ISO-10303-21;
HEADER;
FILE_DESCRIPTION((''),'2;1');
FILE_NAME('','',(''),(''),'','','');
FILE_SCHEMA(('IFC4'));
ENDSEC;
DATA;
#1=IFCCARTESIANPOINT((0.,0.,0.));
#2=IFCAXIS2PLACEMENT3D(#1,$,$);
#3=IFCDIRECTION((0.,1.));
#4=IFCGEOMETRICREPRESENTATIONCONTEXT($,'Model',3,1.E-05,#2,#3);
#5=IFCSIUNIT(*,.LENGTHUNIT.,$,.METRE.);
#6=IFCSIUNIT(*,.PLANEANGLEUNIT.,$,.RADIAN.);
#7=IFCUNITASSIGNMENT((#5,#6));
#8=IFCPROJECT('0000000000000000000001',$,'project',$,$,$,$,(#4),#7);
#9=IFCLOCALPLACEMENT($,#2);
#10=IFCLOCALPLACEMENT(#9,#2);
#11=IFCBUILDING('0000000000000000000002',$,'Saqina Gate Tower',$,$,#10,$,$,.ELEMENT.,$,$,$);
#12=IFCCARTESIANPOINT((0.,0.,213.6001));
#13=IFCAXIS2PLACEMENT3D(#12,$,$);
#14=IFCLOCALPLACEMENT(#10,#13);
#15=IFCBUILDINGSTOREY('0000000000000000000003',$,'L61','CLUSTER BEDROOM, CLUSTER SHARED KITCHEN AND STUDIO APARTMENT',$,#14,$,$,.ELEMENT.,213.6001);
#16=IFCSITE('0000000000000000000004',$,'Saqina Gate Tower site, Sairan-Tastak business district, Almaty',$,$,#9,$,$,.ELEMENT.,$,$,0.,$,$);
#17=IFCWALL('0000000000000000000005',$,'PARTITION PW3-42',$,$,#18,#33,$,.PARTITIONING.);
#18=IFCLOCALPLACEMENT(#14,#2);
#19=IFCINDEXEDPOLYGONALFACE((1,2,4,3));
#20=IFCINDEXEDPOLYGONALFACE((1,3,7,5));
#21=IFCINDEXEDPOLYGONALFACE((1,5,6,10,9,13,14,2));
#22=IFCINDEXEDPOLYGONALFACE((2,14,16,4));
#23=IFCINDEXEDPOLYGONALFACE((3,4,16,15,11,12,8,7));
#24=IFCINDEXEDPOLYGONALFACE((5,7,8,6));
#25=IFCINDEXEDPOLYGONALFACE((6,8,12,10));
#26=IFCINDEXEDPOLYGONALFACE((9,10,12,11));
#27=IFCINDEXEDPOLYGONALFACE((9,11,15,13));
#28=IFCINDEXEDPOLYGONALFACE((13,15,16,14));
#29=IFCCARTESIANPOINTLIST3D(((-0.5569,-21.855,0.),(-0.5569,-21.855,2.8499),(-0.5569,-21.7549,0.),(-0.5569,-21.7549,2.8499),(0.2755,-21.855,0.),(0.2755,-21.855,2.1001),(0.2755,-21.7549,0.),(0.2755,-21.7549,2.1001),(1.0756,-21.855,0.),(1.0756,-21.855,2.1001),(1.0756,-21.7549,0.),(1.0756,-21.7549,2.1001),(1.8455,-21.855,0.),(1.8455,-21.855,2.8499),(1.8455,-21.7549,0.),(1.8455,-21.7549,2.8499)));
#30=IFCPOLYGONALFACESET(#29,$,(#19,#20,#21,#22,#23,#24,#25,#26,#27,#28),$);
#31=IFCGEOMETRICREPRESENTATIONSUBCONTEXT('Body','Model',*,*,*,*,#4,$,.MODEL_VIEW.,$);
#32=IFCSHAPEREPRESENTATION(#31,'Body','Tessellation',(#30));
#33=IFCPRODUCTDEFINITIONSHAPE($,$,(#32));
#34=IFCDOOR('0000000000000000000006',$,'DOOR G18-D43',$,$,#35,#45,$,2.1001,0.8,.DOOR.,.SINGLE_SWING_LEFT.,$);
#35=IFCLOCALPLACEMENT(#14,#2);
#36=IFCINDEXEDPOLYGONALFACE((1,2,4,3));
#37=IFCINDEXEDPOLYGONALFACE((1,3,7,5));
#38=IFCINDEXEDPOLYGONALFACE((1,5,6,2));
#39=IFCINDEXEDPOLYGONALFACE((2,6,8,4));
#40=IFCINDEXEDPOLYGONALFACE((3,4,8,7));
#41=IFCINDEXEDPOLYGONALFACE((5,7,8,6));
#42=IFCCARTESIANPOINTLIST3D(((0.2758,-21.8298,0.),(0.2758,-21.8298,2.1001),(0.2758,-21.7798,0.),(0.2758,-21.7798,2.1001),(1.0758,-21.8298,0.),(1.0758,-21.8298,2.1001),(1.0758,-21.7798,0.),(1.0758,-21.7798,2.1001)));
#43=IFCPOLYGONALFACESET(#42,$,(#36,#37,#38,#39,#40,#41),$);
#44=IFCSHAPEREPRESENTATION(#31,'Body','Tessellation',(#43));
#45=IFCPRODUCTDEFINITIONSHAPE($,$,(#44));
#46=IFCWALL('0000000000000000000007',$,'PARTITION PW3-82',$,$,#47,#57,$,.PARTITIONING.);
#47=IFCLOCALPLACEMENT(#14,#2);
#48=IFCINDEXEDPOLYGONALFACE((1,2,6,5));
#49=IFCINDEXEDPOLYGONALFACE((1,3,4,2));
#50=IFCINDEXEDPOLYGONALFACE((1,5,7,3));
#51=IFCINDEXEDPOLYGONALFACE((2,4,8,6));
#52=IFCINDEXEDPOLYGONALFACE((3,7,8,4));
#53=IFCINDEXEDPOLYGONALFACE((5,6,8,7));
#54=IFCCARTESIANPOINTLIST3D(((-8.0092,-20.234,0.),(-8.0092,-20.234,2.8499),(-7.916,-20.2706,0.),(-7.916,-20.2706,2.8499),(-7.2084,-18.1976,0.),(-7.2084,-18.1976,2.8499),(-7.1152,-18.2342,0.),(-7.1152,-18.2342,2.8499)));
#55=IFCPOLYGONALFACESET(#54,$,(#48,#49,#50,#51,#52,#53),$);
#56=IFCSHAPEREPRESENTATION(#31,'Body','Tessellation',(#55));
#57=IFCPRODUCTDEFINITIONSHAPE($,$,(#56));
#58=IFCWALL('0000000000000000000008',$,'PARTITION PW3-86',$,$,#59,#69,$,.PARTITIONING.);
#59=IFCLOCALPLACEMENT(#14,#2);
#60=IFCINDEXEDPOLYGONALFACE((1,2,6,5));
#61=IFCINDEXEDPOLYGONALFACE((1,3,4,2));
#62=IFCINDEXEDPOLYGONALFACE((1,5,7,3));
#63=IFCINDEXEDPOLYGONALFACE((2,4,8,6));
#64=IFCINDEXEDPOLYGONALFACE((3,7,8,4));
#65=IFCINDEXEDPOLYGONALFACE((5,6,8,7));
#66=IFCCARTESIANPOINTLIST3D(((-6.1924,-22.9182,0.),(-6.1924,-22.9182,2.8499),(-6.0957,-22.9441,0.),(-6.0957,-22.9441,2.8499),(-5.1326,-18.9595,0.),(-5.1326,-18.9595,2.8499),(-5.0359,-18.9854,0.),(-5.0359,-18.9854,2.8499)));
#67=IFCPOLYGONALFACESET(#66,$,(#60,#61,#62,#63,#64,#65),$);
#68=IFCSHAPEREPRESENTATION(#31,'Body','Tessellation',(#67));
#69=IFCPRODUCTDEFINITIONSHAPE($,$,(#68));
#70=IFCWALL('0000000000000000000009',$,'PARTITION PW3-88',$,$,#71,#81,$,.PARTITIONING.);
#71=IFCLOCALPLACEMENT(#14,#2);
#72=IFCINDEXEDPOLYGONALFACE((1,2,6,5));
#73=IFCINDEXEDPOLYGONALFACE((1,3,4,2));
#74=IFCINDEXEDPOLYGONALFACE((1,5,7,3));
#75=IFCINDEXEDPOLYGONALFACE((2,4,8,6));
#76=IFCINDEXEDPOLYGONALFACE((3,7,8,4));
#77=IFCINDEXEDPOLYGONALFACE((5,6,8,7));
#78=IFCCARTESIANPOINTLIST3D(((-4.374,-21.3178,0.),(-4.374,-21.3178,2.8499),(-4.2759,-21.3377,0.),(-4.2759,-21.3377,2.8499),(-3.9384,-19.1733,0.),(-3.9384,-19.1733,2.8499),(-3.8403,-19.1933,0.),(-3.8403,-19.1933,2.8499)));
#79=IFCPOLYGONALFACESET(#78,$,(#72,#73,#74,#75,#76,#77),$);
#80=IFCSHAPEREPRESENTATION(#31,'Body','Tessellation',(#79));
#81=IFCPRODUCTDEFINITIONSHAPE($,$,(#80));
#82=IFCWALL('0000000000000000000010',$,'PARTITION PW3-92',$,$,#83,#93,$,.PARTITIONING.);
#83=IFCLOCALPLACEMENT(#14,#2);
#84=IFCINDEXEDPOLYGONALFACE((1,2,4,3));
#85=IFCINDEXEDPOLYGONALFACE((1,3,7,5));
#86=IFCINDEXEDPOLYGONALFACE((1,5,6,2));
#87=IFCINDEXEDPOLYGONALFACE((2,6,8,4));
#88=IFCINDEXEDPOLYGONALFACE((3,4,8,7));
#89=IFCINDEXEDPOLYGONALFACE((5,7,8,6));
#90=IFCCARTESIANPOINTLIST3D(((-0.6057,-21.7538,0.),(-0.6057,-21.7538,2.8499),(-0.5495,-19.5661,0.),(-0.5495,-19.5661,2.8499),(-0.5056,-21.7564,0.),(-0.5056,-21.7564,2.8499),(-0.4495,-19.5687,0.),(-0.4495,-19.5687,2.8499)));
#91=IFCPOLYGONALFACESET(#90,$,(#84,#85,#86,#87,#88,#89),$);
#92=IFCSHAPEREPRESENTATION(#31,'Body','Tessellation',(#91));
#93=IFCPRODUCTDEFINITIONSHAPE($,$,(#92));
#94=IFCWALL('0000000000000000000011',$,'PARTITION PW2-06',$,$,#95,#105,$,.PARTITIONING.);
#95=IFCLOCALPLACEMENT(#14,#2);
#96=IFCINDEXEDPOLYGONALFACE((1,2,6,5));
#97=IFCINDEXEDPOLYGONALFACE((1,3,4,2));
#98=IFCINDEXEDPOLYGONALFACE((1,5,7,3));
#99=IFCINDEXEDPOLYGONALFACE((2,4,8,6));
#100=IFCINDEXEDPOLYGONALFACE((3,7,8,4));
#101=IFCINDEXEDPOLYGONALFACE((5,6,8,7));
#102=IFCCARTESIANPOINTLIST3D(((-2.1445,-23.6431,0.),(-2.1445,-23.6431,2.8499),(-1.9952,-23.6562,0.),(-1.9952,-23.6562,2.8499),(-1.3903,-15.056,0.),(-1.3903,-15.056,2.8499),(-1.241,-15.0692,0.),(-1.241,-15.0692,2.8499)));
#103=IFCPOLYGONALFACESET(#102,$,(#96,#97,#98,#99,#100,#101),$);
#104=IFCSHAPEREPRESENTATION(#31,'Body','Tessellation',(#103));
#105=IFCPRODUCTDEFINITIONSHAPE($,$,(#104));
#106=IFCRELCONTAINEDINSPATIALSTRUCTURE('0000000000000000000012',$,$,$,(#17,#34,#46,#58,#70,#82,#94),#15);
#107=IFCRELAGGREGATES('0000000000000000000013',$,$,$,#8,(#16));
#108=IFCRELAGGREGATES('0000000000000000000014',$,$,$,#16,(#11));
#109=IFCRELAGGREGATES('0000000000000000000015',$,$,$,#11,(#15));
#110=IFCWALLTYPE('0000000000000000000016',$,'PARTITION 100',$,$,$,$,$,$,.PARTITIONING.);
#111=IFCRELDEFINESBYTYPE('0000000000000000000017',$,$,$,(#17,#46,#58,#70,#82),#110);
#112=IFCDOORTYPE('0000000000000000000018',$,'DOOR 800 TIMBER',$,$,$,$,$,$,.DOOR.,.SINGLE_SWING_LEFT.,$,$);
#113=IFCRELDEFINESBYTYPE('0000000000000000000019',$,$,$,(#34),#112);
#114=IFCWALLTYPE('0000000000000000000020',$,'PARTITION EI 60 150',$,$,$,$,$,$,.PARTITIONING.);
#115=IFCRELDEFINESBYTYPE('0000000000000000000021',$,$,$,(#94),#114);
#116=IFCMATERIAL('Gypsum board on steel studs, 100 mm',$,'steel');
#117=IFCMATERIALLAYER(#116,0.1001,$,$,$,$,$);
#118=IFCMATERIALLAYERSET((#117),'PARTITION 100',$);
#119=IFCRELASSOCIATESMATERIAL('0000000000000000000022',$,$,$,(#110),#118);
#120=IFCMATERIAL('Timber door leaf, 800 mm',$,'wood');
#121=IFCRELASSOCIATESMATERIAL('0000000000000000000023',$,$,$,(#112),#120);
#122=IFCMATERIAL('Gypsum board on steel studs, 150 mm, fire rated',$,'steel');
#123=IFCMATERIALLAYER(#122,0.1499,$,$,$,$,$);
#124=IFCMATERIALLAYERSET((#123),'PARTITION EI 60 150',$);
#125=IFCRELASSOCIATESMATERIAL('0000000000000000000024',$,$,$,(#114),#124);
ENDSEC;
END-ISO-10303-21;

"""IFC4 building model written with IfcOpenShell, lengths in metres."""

from ifc_helpers import new_model, si_unit, direction, frame, frame_2d, origin, place, context, subcontext, project, spatial, rectangle, extrude, material, layer, layer_set, type_object, element, fill, save


model = new_model("IFC4")

# Units and contexts
model_context = context("Model", 3, precision=1e-05, world=origin(), true_north=direction((0.0, 1.0)))
body_context = subcontext(model_context, "Body", "Model", "MODEL_VIEW")
ifc_project = project(units=[si_unit("LENGTHUNIT", "METRE"), si_unit("PLANEANGLEUNIT", "RADIAN")], contexts=[model_context])

# Site, building, storey
site_placement = place(None, origin())
site = spatial("IfcSite", under=ifc_project, at=site_placement, Name="Saqina Gate Tower site, Sairan-Tastak business district, Almaty", CompositionType="ELEMENT", RefElevation=0.0)
building_placement = place(site_placement, origin())
building = spatial("IfcBuilding", under=site, at=building_placement, Name="Saqina Gate Tower", CompositionType="ELEMENT")
storey_placement = place(building_placement, frame((0.0, 0.0, 213.6001)))
storey = spatial("IfcBuildingStorey", under=building, at=storey_placement, Name="L61", Description="CLUSTER BEDROOM, CLUSTER SHARED KITCHEN AND STUDIO APARTMENT", CompositionType="ELEMENT", Elevation=213.6001)

# Wall, opening, door
ifc_material_1 = material(Name="Gypsum board on steel studs, 100 mm", Category="steel")
ifc_layer_1 = layer(ifc_material_1, 0.1001)
ifc_layer_set_1 = layer_set([ifc_layer_1], Name="PARTITION 100")
wall_type_1 = type_object("IfcWallType", Name="PARTITION 100", PredefinedType="PARTITIONING", material=ifc_layer_set_1)
ifc_material_2 = material(Name="Timber door leaf, 800 mm", Category="wood")
door_type = type_object("IfcDoorType", Name="DOOR 800 TIMBER", OperationType="SINGLE_SWING_LEFT", PredefinedType="DOOR", material=ifc_material_2)
wall_1_placement = place(storey_placement, frame((-0.5569, -21.8049, 0.0), z_axis=(0.0, 0.0, 1.0), x_axis=(1.0, 0.0, 0.0)))
wall_1 = element("IfcWall", 1, at=wall_1_placement, inside=storey, type_object=wall_type_1, Name="PARTITION PW3-42", PredefinedType="PARTITIONING", context=body_context, shape_type="SweptSolid", body=[
    extrude(rectangle(XDim=2.4023, YDim=0.1001, at=frame_2d((1.2012, 0.0))), origin(), (0.0, 0.0, 1.0), 2.8499),
])
opening_1_placement = place(wall_1_placement, frame((0.8325, 0.0, 0.0)))
opening_1 = element("IfcOpeningElement", 2, at=opening_1_placement, cuts=wall_1, PredefinedType="OPENING", context=body_context, shape_type="SweptSolid", body=[
    extrude(rectangle(XDim=0.8, YDim=2.1001, at=frame_2d((0.3999, 1.05))), frame((0.0, 0.062, 0.0), z_axis=(0.0, -1.0, 0.0), x_axis=(1.0, 0.0, 0.0)), (0.0, 0.0, 1.0), 0.124),
])
door_1_placement = place(opening_1_placement, frame((0.8, 0.0, 0.0), z_axis=(0.0, 0.0, 1.0), x_axis=(-1.0, 0.0, 0.0)))
door_1 = element("IfcDoor", 3, at=door_1_placement, inside=storey, type_object=door_type, Name="DOOR G18-D43", OperationType="SINGLE_SWING_LEFT", OverallHeight=2.1001, OverallWidth=0.8, PredefinedType="DOOR", context=body_context, shape_type="SweptSolid", body=[
    extrude(rectangle(XDim=0.8, YDim=2.1001, at=frame_2d((0.3999, 1.05))), frame((0.0, 0.0249, 0.0), z_axis=(0.0, -1.0, 0.0), x_axis=(1.0, 0.0, 0.0)), (0.0, 0.0, 1.0), 0.05),
])
fill(opening_1, door_1)

# Walls
wall_2_placement = place(storey_placement, frame((-7.9626, -20.2524, 0.0), z_axis=(0.0, 0.0, 1.0), x_axis=(0.36596, 0.930631, 0.0)))
element("IfcWall", 4, at=wall_2_placement, inside=storey, type_object=wall_type_1, Name="PARTITION PW3-82", PredefinedType="PARTITIONING", context=body_context, shape_type="SweptSolid", body=[
    extrude(rectangle(XDim=2.1882, YDim=0.1001, at=frame_2d((1.0942, 0.0))), origin(), (0.0, 0.0, 1.0), 2.8499),
])
wall_3_placement = place(storey_placement, frame((-6.144, -22.9312, 0.0), z_axis=(0.0, 0.0, 1.0), x_axis=(0.258608, 0.965982, 0.0)))
element("IfcWall", 5, at=wall_3_placement, inside=storey, type_object=wall_type_1, Name="PARTITION PW3-86", PredefinedType="PARTITIONING", context=body_context, shape_type="SweptSolid", body=[
    extrude(rectangle(XDim=4.0981, YDim=0.1001, at=frame_2d((2.0491, 0.0))), origin(), (0.0, 0.0, 1.0), 2.8499),
])
wall_4_placement = place(storey_placement, frame((-4.325, -21.3279, 0.0), z_axis=(0.0, 0.0, 1.0), x_axis=(0.199033, 0.979993, 0.0)))
element("IfcWall", 6, at=wall_4_placement, inside=storey, type_object=wall_type_1, Name="PARTITION PW3-88", PredefinedType="PARTITIONING", context=body_context, shape_type="SweptSolid", body=[
    extrude(rectangle(XDim=2.1882, YDim=0.1001, at=frame_2d((1.0942, 0.0))), origin(), (0.0, 0.0, 1.0), 2.8499),
])
wall_5_placement = place(storey_placement, frame((-0.5557, -21.7551, 0.0), z_axis=(0.0, 0.0, 1.0), x_axis=(0.025658, 0.999671, 0.0)))
element("IfcWall", 7, at=wall_5_placement, inside=storey, type_object=wall_type_1, Name="PARTITION PW3-92", PredefinedType="PARTITIONING", context=body_context, shape_type="SweptSolid", body=[
    extrude(rectangle(XDim=2.1885, YDim=0.1001, at=frame_2d((1.0942, 0.0))), origin(), (0.0, 0.0, 1.0), 2.8499),
])
ifc_material_3 = material(Name="Gypsum board on steel studs, 150 mm, fire rated", Category="steel")
ifc_layer_2 = layer(ifc_material_3, 0.1499)
ifc_layer_set_2 = layer_set([ifc_layer_2], Name="PARTITION EI 60 150")
wall_type_2 = type_object("IfcWallType", Name="PARTITION EI 60 150", PredefinedType="PARTITIONING", material=ifc_layer_set_2)
wall_6_placement = place(storey_placement, frame((-2.0698, -23.6497, 0.0), z_axis=(0.0, 0.0, 1.0), x_axis=(0.087486, 0.996166, 0.0)))
element("IfcWall", 8, at=wall_6_placement, inside=storey, type_object=wall_type_2, Name="PARTITION PW2-06", PredefinedType="PARTITIONING", context=body_context, shape_type="SweptSolid", body=[
    extrude(rectangle(XDim=8.6201, YDim=0.1499, at=frame_2d((4.3101, 0.0))), origin(), (0.0, 0.0, 1.0), 2.8499),
])

save(model, "model.ifc")
